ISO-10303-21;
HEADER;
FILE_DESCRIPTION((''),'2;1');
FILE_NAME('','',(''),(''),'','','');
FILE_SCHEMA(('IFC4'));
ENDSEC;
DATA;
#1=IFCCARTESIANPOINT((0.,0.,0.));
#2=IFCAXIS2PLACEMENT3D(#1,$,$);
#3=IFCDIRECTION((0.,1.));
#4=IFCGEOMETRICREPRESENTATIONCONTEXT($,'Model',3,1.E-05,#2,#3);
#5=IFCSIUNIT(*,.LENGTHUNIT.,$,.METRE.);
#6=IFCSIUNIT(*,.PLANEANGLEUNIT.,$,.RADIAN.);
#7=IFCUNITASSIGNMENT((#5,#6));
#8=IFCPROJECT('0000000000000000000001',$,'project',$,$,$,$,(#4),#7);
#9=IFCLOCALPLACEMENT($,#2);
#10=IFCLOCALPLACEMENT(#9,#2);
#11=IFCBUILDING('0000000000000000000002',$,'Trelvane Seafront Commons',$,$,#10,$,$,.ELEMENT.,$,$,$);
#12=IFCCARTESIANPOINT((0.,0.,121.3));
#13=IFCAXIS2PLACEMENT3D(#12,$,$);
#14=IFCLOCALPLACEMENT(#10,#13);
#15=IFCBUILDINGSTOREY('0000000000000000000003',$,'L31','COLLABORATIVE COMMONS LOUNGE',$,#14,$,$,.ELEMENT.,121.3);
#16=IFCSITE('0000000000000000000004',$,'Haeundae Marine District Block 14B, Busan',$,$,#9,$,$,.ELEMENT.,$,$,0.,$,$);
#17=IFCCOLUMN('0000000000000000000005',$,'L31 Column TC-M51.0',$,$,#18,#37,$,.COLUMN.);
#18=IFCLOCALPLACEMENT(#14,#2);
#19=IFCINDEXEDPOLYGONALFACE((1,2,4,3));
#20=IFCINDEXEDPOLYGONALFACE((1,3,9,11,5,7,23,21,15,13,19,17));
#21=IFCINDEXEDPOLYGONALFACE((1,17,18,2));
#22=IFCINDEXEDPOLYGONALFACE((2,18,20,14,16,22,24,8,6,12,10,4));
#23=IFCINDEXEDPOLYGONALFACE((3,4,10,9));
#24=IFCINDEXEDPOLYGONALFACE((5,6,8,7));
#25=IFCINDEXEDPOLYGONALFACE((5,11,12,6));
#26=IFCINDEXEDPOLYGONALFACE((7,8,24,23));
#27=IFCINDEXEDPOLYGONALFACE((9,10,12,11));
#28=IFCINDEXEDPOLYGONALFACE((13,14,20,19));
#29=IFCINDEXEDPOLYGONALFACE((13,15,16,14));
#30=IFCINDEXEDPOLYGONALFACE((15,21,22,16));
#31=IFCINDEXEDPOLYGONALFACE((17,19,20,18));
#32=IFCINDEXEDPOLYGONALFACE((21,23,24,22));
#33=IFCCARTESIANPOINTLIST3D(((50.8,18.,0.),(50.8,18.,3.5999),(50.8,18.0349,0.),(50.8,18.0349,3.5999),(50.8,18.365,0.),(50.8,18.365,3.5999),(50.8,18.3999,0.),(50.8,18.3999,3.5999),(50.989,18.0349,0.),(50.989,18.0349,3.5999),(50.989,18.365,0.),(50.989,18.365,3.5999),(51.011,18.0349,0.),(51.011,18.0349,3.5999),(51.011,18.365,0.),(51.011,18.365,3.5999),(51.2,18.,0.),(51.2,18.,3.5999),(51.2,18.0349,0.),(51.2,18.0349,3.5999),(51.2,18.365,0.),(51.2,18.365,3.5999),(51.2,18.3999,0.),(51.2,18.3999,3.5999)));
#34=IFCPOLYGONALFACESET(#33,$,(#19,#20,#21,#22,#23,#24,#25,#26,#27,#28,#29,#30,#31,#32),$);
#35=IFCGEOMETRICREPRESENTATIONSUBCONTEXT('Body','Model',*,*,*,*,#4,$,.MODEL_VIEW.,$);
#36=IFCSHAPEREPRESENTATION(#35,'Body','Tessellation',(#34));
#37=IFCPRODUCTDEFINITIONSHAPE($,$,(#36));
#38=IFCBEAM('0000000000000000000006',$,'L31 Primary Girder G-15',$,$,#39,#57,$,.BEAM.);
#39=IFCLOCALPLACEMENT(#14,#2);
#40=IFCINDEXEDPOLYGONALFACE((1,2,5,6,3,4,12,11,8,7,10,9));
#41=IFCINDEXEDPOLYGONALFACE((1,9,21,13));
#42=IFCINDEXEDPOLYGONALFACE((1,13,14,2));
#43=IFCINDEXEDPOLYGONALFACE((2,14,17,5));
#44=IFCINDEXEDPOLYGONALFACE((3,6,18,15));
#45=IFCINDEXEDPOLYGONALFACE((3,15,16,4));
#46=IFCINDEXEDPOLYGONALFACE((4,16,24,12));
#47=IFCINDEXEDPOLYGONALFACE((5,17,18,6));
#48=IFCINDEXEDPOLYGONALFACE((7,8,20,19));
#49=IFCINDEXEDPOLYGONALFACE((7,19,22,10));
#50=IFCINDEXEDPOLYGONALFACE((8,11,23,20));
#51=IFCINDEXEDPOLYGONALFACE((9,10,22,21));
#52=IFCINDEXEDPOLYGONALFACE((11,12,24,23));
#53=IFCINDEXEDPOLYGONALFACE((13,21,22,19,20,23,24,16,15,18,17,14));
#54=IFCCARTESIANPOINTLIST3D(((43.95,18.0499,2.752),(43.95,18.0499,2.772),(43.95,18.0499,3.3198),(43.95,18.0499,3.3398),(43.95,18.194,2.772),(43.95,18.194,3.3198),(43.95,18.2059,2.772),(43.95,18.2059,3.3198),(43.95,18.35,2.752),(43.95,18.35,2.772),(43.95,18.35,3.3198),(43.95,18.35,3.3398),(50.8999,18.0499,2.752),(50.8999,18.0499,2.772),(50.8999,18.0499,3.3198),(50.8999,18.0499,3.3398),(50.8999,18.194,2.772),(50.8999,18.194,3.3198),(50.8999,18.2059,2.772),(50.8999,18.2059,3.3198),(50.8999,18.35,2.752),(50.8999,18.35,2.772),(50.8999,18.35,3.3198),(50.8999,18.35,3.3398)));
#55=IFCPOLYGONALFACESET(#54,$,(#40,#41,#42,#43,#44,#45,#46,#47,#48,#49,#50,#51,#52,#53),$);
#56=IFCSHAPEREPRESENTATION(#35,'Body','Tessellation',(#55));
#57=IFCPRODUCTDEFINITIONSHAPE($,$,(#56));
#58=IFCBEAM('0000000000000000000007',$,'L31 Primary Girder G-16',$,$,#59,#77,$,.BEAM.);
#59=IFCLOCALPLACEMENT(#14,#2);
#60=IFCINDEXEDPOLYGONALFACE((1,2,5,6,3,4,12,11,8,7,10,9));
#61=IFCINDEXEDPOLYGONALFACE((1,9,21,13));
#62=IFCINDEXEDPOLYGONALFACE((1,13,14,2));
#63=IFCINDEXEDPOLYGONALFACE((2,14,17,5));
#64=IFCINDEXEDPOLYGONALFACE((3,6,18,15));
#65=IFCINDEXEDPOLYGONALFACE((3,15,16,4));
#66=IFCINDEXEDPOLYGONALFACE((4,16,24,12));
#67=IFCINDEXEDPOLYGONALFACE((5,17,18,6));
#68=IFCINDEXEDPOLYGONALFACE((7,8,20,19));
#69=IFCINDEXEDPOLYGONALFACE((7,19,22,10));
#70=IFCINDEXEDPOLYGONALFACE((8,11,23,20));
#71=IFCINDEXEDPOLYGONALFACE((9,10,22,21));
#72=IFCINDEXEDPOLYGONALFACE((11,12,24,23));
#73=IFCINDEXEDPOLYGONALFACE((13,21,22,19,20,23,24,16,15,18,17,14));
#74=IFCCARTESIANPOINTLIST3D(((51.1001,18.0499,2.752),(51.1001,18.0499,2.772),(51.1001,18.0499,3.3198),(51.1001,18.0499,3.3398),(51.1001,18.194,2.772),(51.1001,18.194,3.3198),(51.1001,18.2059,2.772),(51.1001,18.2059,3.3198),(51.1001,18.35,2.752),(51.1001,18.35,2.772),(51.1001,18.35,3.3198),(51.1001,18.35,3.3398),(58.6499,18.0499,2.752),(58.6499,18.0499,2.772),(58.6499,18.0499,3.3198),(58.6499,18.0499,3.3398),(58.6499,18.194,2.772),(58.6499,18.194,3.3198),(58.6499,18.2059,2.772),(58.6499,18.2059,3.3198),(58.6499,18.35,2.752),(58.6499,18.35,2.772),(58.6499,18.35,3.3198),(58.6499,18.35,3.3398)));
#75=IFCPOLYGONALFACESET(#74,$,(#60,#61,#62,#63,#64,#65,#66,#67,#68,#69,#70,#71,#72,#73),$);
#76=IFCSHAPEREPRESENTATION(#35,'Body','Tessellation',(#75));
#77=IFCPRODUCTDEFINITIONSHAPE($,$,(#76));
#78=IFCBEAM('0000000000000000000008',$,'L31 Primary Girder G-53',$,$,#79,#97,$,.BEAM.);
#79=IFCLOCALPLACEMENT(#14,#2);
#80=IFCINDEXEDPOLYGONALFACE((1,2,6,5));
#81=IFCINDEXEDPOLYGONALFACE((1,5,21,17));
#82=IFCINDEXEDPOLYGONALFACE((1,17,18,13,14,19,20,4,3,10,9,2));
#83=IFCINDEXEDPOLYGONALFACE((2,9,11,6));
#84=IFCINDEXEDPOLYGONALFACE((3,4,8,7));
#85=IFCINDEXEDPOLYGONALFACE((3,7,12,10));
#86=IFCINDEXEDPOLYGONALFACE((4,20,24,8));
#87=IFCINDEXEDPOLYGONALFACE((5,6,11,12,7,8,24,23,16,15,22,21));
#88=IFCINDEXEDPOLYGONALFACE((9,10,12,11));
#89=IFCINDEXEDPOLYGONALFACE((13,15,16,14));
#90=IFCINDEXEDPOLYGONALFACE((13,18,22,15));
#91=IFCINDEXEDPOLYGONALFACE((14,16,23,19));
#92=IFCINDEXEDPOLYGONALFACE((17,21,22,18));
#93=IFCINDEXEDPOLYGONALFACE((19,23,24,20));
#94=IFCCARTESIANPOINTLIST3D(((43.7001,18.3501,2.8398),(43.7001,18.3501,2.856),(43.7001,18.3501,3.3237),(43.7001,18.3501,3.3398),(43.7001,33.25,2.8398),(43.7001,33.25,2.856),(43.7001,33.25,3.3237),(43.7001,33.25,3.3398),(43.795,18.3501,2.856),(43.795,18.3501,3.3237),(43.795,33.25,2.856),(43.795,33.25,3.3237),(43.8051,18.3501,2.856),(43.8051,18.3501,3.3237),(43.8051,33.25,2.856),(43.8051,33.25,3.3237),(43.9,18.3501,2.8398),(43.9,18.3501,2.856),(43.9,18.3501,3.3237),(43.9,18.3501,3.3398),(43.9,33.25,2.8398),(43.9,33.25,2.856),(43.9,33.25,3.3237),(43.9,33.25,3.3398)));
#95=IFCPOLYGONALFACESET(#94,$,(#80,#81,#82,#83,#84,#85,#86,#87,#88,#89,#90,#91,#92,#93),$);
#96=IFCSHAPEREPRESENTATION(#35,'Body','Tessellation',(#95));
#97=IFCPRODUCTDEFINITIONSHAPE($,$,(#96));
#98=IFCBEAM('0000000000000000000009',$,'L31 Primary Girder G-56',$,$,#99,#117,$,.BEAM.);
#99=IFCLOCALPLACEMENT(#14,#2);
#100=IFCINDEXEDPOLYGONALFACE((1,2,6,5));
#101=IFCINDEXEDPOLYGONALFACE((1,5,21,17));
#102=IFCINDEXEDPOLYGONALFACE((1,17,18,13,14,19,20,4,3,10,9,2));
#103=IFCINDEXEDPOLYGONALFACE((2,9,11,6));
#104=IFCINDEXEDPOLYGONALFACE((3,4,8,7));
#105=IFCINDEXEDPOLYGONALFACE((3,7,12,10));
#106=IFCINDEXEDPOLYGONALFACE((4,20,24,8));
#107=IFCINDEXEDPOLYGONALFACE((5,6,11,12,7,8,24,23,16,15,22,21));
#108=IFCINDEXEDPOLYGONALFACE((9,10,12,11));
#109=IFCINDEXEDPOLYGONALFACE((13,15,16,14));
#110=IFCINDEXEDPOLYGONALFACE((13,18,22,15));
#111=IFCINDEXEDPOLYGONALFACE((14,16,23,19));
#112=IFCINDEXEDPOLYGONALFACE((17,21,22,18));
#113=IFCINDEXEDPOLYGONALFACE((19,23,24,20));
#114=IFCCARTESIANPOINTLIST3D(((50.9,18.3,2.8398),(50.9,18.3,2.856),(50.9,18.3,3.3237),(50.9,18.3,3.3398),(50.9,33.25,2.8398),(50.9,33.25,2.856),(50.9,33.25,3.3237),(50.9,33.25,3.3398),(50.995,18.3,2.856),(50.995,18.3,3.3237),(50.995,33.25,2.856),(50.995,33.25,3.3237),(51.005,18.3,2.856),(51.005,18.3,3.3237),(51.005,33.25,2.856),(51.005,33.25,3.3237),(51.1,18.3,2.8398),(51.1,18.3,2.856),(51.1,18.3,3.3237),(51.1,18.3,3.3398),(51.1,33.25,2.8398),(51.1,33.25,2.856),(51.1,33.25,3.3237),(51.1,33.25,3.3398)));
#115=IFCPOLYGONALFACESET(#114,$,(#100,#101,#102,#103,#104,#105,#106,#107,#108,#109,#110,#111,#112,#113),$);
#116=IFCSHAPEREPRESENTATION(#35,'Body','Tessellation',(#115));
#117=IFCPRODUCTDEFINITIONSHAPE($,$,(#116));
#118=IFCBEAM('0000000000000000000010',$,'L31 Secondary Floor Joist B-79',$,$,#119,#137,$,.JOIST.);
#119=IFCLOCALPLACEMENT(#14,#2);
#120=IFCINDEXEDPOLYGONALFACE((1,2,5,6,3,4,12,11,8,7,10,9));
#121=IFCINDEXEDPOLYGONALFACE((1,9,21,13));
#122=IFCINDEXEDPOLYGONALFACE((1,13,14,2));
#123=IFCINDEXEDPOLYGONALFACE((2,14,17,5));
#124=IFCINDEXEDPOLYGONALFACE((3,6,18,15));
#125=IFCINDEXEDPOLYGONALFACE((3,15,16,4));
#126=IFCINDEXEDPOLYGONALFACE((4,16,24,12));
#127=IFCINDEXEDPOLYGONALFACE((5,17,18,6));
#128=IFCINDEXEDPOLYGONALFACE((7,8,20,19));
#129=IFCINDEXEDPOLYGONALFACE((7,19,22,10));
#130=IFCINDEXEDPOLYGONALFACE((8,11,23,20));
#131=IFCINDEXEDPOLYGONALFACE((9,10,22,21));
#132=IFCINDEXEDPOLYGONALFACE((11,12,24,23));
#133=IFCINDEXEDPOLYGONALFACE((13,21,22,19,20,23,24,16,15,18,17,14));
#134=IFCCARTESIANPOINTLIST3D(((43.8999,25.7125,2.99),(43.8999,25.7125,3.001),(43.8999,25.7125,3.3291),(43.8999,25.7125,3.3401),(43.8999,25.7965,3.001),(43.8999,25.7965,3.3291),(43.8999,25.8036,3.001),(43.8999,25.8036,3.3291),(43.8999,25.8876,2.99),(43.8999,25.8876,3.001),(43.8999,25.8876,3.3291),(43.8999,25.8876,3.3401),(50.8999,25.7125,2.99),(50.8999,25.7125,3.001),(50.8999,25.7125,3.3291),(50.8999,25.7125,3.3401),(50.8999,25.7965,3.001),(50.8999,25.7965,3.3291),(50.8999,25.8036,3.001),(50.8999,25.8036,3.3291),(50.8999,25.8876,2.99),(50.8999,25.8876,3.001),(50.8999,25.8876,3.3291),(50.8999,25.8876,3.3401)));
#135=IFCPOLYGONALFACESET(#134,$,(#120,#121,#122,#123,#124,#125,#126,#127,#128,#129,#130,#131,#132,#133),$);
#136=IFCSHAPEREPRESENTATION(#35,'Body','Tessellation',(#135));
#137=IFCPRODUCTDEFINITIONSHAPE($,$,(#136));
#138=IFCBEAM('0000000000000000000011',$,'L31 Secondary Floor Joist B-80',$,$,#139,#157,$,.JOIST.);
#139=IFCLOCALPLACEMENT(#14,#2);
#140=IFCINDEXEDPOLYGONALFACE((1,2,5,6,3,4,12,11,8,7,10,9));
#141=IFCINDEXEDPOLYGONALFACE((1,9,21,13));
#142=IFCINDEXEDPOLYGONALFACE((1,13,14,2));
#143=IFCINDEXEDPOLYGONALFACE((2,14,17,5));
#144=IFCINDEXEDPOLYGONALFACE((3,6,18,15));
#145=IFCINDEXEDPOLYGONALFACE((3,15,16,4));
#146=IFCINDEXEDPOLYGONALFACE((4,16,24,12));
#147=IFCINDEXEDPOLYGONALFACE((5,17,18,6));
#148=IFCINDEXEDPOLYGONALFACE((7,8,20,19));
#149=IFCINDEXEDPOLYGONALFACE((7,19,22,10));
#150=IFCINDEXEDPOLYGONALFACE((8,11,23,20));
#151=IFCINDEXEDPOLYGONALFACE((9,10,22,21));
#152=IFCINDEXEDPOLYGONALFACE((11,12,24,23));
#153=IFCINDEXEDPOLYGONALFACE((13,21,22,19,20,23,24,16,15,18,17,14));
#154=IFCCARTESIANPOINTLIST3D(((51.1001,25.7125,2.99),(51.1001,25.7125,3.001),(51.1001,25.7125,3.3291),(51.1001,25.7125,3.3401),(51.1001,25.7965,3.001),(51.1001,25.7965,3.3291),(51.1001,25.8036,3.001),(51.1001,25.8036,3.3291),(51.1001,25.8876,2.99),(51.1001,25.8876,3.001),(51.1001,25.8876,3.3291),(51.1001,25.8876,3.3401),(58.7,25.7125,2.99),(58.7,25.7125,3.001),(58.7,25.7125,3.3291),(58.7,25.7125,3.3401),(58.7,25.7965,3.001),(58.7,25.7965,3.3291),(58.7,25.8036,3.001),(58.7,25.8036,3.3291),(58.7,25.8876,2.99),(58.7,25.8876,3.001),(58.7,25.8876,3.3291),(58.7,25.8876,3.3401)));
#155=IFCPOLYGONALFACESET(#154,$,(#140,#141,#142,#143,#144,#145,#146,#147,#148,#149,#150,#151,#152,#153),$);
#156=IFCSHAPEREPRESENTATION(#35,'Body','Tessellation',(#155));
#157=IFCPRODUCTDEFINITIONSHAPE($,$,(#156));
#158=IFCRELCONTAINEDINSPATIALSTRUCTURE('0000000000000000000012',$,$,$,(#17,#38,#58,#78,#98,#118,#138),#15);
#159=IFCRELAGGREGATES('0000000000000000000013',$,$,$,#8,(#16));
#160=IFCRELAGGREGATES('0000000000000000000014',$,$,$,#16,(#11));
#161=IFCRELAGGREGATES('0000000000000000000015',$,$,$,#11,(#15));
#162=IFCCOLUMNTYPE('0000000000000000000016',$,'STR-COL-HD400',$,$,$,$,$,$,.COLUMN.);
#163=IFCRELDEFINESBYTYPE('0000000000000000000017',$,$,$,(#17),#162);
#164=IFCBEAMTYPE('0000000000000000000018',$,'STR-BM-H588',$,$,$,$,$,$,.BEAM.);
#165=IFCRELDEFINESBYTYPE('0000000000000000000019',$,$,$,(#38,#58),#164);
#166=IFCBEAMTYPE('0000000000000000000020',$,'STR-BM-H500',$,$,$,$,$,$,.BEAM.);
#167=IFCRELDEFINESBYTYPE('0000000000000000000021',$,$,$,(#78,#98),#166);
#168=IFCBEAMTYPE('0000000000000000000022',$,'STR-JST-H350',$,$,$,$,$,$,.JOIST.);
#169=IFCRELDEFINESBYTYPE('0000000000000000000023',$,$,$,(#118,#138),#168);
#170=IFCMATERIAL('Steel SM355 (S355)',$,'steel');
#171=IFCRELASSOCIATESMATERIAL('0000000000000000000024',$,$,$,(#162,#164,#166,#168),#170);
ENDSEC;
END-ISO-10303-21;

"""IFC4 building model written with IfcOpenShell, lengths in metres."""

from ifc_helpers import new_model, si_unit, direction, frame, origin, origin_2d, place, context, subcontext, project, spatial, i_section, extrude, source, transform, mapped, material, material_profile, profile_set, type_object, element, save


model = new_model("IFC4")

# Units and contexts
model_context = context("Model", 3, precision=1e-05, world=origin(), true_north=direction((0.0, 1.0)))
body_context = subcontext(model_context, "Body", "Model", "MODEL_VIEW")
ifc_project = project(units=[si_unit("LENGTHUNIT", "METRE"), si_unit("PLANEANGLEUNIT", "RADIAN")], contexts=[model_context])

# Site, building, storey
site_placement = place(None, origin())
site = spatial("IfcSite", under=ifc_project, at=site_placement, Name="Haeundae Marine District Block 14B, Busan", CompositionType="ELEMENT", RefElevation=0.0)
building_placement = place(site_placement, origin())
building = spatial("IfcBuilding", under=site, at=building_placement, Name="Trelvane Seafront Commons", CompositionType="ELEMENT")
storey_placement = place(building_placement, frame((0.0, 0.0, 121.3)))
storey = spatial("IfcBuildingStorey", under=building, at=storey_placement, Name="L31", Description="COLLABORATIVE COMMONS LOUNGE", CompositionType="ELEMENT", Elevation=121.3)

# Column
ifc_material_1 = material(Name="Steel SM355 (S355)", Category="steel")
ifc_material_profile_1 = material_profile(ifc_material_1, i_section(OverallWidth=0.3999, OverallDepth=0.3999, WebThickness=0.022, FlangeThickness=0.0349, at=origin_2d()), Name="HD-400x400x22x35")
ifc_profile_set_1 = profile_set([ifc_material_profile_1], Name="Steel SM355 (S355)")
column_type = type_object("IfcColumnType", Name="STR-COL-HD400", PredefinedType="COLUMN", material=ifc_profile_set_1)
shared_shape_1 = source(origin(), body_context, "Body", "SweptSolid", [
    extrude(i_section(OverallWidth=0.3999, OverallDepth=0.3999, WebThickness=0.022, FlangeThickness=0.0349, at=origin_2d()), origin(), (0.0, 0.0, 1.0), 3.5999),
])
column_placement = place(storey_placement, frame((51.0, 18.2, 0.0), z_axis=(0.0, 0.0, 1.0), x_axis=(1.0, 0.0, 0.0)))
element("IfcColumn", 1, at=column_placement, inside=storey, type_object=column_type, Name="L31 Column TC-M51.0", PredefinedType="COLUMN", context=body_context, shape_type="MappedRepresentation", body=[
    mapped(shared_shape_1, transform((0.0, 0.0, 0.0), x_axis=(1.0, 0.0, 0.0), y_axis=(0.0, 1.0, 0.0), z_axis=(0.0, 0.0, 1.0), scale=1.0)),
])

# Beams
ifc_material_profile_2 = material_profile(ifc_material_1, i_section(OverallWidth=0.3, OverallDepth=0.5879, WebThickness=0.012, FlangeThickness=0.02, at=origin_2d()), Name="H-588x300x12x20")
ifc_profile_set_2 = profile_set([ifc_material_profile_2], Name="Steel SM355 (S355)")
beam_type_1 = type_object("IfcBeamType", Name="STR-BM-H588", PredefinedType="BEAM", material=ifc_profile_set_2)
shared_shape_2 = source(origin(), body_context, "Body", "SweptSolid", [
    extrude(i_section(OverallWidth=0.3, OverallDepth=0.5879, WebThickness=0.012, FlangeThickness=0.02, at=origin_2d()), origin(), (0.0, 0.0, 1.0), 6.95),
])
beam_1_placement = place(storey_placement, frame((43.95, 18.2, 3.0459), z_axis=(1.0, 0.0, 0.0), x_axis=(0.0, 1.0, 0.0)))
element("IfcBeam", 2, at=beam_1_placement, inside=storey, type_object=beam_type_1, Name="L31 Primary Girder G-15", PredefinedType="BEAM", context=body_context, shape_type="MappedRepresentation", body=[
    mapped(shared_shape_2, transform((0.0, 0.0, 0.0), x_axis=(1.0, 0.0, 0.0), y_axis=(0.0, 1.0, 0.0), z_axis=(0.0, 0.0, 1.0), scale=1.0)),
])
shared_shape_3 = source(origin(), body_context, "Body", "SweptSolid", [
    extrude(i_section(OverallWidth=0.3, OverallDepth=0.5879, WebThickness=0.012, FlangeThickness=0.02, at=origin_2d()), origin(), (0.0, 0.0, 1.0), 7.5498),
])
beam_2_placement = place(storey_placement, frame((51.1001, 18.2, 3.0459), z_axis=(1.0, 0.0, 0.0), x_axis=(0.0, 1.0, 0.0)))
element("IfcBeam", 3, at=beam_2_placement, inside=storey, type_object=beam_type_1, Name="L31 Primary Girder G-16", PredefinedType="BEAM", context=body_context, shape_type="MappedRepresentation", body=[
    mapped(shared_shape_3, transform((0.0, 0.0, 0.0), x_axis=(1.0, 0.0, 0.0), y_axis=(0.0, 1.0, 0.0), z_axis=(0.0, 0.0, 1.0), scale=1.0)),
])
ifc_material_profile_3 = material_profile(ifc_material_1, i_section(OverallWidth=0.2, OverallDepth=0.5, WebThickness=0.01, FlangeThickness=0.0161, at=origin_2d()), Name="H-500x200x10x16")
ifc_profile_set_3 = profile_set([ifc_material_profile_3], Name="Steel SM355 (S355)")
beam_type_2 = type_object("IfcBeamType", Name="STR-BM-H500", PredefinedType="BEAM", material=ifc_profile_set_3)
shared_shape_4 = source(origin(), body_context, "Body", "SweptSolid", [
    extrude(i_section(OverallWidth=0.2, OverallDepth=0.5, WebThickness=0.01, FlangeThickness=0.0161, at=origin_2d()), origin(), (0.0, 0.0, 1.0), 14.8999),
])
beam_3_placement = place(storey_placement, frame((43.8, 18.3501, 3.0898), z_axis=(0.0, 1.0, 0.0), x_axis=(-1.0, 0.0, 0.0)))
element("IfcBeam", 4, at=beam_3_placement, inside=storey, type_object=beam_type_2, Name="L31 Primary Girder G-53", PredefinedType="BEAM", context=body_context, shape_type="MappedRepresentation", body=[
    mapped(shared_shape_4, transform((0.0, 0.0, 0.0), x_axis=(1.0, 0.0, 0.0), y_axis=(0.0, 1.0, 0.0), z_axis=(0.0, 0.0, 1.0), scale=1.0)),
])
shared_shape_5 = source(origin(), body_context, "Body", "SweptSolid", [
    extrude(i_section(OverallWidth=0.2, OverallDepth=0.5, WebThickness=0.01, FlangeThickness=0.0161, at=origin_2d()), origin(), (0.0, 0.0, 1.0), 14.95),
])
beam_4_placement = place(storey_placement, frame((51.0, 18.3, 3.0898), z_axis=(0.0, 1.0, 0.0), x_axis=(-1.0, 0.0, 0.0)))
element("IfcBeam", 5, at=beam_4_placement, inside=storey, type_object=beam_type_2, Name="L31 Primary Girder G-56", PredefinedType="BEAM", context=body_context, shape_type="MappedRepresentation", body=[
    mapped(shared_shape_5, transform((0.0, 0.0, 0.0), x_axis=(1.0, 0.0, 0.0), y_axis=(0.0, 1.0, 0.0), z_axis=(0.0, 0.0, 1.0), scale=1.0)),
])
ifc_material_profile_4 = material_profile(ifc_material_1, i_section(OverallWidth=0.175, OverallDepth=0.3501, WebThickness=0.0071, FlangeThickness=0.011, at=origin_2d()), Name="H-350x175x7x11")
ifc_profile_set_4 = profile_set([ifc_material_profile_4], Name="Steel SM355 (S355)")
beam_type_3 = type_object("IfcBeamType", Name="STR-JST-H350", PredefinedType="JOIST", material=ifc_profile_set_4)
shared_shape_6 = source(origin(), body_context, "Body", "SweptSolid", [
    extrude(i_section(OverallWidth=0.175, OverallDepth=0.3501, WebThickness=0.0071, FlangeThickness=0.011, at=origin_2d()), origin(), (0.0, 0.0, 1.0), 7.0),
])
beam_5_placement = place(storey_placement, frame((43.8999, 25.8, 3.165), z_axis=(1.0, 0.0, 0.0), x_axis=(0.0, 1.0, 0.0)))
element("IfcBeam", 6, at=beam_5_placement, inside=storey, type_object=beam_type_3, Name="L31 Secondary Floor Joist B-79", PredefinedType="JOIST", context=body_context, shape_type="MappedRepresentation", body=[
    mapped(shared_shape_6, transform((0.0, 0.0, 0.0), x_axis=(1.0, 0.0, 0.0), y_axis=(0.0, 1.0, 0.0), z_axis=(0.0, 0.0, 1.0), scale=1.0)),
])
shared_shape_7 = source(origin(), body_context, "Body", "SweptSolid", [
    extrude(i_section(OverallWidth=0.175, OverallDepth=0.3501, WebThickness=0.0071, FlangeThickness=0.011, at=origin_2d()), origin(), (0.0, 0.0, 1.0), 7.5999),
])
beam_6_placement = place(storey_placement, frame((51.1001, 25.8, 3.165), z_axis=(1.0, 0.0, 0.0), x_axis=(0.0, 1.0, 0.0)))
element("IfcBeam", 7, at=beam_6_placement, inside=storey, type_object=beam_type_3, Name="L31 Secondary Floor Joist B-80", PredefinedType="JOIST", context=body_context, shape_type="MappedRepresentation", body=[
    mapped(shared_shape_7, transform((0.0, 0.0, 0.0), x_axis=(1.0, 0.0, 0.0), y_axis=(0.0, 1.0, 0.0), z_axis=(0.0, 0.0, 1.0), scale=1.0)),
])

save(model, "model.ifc")
